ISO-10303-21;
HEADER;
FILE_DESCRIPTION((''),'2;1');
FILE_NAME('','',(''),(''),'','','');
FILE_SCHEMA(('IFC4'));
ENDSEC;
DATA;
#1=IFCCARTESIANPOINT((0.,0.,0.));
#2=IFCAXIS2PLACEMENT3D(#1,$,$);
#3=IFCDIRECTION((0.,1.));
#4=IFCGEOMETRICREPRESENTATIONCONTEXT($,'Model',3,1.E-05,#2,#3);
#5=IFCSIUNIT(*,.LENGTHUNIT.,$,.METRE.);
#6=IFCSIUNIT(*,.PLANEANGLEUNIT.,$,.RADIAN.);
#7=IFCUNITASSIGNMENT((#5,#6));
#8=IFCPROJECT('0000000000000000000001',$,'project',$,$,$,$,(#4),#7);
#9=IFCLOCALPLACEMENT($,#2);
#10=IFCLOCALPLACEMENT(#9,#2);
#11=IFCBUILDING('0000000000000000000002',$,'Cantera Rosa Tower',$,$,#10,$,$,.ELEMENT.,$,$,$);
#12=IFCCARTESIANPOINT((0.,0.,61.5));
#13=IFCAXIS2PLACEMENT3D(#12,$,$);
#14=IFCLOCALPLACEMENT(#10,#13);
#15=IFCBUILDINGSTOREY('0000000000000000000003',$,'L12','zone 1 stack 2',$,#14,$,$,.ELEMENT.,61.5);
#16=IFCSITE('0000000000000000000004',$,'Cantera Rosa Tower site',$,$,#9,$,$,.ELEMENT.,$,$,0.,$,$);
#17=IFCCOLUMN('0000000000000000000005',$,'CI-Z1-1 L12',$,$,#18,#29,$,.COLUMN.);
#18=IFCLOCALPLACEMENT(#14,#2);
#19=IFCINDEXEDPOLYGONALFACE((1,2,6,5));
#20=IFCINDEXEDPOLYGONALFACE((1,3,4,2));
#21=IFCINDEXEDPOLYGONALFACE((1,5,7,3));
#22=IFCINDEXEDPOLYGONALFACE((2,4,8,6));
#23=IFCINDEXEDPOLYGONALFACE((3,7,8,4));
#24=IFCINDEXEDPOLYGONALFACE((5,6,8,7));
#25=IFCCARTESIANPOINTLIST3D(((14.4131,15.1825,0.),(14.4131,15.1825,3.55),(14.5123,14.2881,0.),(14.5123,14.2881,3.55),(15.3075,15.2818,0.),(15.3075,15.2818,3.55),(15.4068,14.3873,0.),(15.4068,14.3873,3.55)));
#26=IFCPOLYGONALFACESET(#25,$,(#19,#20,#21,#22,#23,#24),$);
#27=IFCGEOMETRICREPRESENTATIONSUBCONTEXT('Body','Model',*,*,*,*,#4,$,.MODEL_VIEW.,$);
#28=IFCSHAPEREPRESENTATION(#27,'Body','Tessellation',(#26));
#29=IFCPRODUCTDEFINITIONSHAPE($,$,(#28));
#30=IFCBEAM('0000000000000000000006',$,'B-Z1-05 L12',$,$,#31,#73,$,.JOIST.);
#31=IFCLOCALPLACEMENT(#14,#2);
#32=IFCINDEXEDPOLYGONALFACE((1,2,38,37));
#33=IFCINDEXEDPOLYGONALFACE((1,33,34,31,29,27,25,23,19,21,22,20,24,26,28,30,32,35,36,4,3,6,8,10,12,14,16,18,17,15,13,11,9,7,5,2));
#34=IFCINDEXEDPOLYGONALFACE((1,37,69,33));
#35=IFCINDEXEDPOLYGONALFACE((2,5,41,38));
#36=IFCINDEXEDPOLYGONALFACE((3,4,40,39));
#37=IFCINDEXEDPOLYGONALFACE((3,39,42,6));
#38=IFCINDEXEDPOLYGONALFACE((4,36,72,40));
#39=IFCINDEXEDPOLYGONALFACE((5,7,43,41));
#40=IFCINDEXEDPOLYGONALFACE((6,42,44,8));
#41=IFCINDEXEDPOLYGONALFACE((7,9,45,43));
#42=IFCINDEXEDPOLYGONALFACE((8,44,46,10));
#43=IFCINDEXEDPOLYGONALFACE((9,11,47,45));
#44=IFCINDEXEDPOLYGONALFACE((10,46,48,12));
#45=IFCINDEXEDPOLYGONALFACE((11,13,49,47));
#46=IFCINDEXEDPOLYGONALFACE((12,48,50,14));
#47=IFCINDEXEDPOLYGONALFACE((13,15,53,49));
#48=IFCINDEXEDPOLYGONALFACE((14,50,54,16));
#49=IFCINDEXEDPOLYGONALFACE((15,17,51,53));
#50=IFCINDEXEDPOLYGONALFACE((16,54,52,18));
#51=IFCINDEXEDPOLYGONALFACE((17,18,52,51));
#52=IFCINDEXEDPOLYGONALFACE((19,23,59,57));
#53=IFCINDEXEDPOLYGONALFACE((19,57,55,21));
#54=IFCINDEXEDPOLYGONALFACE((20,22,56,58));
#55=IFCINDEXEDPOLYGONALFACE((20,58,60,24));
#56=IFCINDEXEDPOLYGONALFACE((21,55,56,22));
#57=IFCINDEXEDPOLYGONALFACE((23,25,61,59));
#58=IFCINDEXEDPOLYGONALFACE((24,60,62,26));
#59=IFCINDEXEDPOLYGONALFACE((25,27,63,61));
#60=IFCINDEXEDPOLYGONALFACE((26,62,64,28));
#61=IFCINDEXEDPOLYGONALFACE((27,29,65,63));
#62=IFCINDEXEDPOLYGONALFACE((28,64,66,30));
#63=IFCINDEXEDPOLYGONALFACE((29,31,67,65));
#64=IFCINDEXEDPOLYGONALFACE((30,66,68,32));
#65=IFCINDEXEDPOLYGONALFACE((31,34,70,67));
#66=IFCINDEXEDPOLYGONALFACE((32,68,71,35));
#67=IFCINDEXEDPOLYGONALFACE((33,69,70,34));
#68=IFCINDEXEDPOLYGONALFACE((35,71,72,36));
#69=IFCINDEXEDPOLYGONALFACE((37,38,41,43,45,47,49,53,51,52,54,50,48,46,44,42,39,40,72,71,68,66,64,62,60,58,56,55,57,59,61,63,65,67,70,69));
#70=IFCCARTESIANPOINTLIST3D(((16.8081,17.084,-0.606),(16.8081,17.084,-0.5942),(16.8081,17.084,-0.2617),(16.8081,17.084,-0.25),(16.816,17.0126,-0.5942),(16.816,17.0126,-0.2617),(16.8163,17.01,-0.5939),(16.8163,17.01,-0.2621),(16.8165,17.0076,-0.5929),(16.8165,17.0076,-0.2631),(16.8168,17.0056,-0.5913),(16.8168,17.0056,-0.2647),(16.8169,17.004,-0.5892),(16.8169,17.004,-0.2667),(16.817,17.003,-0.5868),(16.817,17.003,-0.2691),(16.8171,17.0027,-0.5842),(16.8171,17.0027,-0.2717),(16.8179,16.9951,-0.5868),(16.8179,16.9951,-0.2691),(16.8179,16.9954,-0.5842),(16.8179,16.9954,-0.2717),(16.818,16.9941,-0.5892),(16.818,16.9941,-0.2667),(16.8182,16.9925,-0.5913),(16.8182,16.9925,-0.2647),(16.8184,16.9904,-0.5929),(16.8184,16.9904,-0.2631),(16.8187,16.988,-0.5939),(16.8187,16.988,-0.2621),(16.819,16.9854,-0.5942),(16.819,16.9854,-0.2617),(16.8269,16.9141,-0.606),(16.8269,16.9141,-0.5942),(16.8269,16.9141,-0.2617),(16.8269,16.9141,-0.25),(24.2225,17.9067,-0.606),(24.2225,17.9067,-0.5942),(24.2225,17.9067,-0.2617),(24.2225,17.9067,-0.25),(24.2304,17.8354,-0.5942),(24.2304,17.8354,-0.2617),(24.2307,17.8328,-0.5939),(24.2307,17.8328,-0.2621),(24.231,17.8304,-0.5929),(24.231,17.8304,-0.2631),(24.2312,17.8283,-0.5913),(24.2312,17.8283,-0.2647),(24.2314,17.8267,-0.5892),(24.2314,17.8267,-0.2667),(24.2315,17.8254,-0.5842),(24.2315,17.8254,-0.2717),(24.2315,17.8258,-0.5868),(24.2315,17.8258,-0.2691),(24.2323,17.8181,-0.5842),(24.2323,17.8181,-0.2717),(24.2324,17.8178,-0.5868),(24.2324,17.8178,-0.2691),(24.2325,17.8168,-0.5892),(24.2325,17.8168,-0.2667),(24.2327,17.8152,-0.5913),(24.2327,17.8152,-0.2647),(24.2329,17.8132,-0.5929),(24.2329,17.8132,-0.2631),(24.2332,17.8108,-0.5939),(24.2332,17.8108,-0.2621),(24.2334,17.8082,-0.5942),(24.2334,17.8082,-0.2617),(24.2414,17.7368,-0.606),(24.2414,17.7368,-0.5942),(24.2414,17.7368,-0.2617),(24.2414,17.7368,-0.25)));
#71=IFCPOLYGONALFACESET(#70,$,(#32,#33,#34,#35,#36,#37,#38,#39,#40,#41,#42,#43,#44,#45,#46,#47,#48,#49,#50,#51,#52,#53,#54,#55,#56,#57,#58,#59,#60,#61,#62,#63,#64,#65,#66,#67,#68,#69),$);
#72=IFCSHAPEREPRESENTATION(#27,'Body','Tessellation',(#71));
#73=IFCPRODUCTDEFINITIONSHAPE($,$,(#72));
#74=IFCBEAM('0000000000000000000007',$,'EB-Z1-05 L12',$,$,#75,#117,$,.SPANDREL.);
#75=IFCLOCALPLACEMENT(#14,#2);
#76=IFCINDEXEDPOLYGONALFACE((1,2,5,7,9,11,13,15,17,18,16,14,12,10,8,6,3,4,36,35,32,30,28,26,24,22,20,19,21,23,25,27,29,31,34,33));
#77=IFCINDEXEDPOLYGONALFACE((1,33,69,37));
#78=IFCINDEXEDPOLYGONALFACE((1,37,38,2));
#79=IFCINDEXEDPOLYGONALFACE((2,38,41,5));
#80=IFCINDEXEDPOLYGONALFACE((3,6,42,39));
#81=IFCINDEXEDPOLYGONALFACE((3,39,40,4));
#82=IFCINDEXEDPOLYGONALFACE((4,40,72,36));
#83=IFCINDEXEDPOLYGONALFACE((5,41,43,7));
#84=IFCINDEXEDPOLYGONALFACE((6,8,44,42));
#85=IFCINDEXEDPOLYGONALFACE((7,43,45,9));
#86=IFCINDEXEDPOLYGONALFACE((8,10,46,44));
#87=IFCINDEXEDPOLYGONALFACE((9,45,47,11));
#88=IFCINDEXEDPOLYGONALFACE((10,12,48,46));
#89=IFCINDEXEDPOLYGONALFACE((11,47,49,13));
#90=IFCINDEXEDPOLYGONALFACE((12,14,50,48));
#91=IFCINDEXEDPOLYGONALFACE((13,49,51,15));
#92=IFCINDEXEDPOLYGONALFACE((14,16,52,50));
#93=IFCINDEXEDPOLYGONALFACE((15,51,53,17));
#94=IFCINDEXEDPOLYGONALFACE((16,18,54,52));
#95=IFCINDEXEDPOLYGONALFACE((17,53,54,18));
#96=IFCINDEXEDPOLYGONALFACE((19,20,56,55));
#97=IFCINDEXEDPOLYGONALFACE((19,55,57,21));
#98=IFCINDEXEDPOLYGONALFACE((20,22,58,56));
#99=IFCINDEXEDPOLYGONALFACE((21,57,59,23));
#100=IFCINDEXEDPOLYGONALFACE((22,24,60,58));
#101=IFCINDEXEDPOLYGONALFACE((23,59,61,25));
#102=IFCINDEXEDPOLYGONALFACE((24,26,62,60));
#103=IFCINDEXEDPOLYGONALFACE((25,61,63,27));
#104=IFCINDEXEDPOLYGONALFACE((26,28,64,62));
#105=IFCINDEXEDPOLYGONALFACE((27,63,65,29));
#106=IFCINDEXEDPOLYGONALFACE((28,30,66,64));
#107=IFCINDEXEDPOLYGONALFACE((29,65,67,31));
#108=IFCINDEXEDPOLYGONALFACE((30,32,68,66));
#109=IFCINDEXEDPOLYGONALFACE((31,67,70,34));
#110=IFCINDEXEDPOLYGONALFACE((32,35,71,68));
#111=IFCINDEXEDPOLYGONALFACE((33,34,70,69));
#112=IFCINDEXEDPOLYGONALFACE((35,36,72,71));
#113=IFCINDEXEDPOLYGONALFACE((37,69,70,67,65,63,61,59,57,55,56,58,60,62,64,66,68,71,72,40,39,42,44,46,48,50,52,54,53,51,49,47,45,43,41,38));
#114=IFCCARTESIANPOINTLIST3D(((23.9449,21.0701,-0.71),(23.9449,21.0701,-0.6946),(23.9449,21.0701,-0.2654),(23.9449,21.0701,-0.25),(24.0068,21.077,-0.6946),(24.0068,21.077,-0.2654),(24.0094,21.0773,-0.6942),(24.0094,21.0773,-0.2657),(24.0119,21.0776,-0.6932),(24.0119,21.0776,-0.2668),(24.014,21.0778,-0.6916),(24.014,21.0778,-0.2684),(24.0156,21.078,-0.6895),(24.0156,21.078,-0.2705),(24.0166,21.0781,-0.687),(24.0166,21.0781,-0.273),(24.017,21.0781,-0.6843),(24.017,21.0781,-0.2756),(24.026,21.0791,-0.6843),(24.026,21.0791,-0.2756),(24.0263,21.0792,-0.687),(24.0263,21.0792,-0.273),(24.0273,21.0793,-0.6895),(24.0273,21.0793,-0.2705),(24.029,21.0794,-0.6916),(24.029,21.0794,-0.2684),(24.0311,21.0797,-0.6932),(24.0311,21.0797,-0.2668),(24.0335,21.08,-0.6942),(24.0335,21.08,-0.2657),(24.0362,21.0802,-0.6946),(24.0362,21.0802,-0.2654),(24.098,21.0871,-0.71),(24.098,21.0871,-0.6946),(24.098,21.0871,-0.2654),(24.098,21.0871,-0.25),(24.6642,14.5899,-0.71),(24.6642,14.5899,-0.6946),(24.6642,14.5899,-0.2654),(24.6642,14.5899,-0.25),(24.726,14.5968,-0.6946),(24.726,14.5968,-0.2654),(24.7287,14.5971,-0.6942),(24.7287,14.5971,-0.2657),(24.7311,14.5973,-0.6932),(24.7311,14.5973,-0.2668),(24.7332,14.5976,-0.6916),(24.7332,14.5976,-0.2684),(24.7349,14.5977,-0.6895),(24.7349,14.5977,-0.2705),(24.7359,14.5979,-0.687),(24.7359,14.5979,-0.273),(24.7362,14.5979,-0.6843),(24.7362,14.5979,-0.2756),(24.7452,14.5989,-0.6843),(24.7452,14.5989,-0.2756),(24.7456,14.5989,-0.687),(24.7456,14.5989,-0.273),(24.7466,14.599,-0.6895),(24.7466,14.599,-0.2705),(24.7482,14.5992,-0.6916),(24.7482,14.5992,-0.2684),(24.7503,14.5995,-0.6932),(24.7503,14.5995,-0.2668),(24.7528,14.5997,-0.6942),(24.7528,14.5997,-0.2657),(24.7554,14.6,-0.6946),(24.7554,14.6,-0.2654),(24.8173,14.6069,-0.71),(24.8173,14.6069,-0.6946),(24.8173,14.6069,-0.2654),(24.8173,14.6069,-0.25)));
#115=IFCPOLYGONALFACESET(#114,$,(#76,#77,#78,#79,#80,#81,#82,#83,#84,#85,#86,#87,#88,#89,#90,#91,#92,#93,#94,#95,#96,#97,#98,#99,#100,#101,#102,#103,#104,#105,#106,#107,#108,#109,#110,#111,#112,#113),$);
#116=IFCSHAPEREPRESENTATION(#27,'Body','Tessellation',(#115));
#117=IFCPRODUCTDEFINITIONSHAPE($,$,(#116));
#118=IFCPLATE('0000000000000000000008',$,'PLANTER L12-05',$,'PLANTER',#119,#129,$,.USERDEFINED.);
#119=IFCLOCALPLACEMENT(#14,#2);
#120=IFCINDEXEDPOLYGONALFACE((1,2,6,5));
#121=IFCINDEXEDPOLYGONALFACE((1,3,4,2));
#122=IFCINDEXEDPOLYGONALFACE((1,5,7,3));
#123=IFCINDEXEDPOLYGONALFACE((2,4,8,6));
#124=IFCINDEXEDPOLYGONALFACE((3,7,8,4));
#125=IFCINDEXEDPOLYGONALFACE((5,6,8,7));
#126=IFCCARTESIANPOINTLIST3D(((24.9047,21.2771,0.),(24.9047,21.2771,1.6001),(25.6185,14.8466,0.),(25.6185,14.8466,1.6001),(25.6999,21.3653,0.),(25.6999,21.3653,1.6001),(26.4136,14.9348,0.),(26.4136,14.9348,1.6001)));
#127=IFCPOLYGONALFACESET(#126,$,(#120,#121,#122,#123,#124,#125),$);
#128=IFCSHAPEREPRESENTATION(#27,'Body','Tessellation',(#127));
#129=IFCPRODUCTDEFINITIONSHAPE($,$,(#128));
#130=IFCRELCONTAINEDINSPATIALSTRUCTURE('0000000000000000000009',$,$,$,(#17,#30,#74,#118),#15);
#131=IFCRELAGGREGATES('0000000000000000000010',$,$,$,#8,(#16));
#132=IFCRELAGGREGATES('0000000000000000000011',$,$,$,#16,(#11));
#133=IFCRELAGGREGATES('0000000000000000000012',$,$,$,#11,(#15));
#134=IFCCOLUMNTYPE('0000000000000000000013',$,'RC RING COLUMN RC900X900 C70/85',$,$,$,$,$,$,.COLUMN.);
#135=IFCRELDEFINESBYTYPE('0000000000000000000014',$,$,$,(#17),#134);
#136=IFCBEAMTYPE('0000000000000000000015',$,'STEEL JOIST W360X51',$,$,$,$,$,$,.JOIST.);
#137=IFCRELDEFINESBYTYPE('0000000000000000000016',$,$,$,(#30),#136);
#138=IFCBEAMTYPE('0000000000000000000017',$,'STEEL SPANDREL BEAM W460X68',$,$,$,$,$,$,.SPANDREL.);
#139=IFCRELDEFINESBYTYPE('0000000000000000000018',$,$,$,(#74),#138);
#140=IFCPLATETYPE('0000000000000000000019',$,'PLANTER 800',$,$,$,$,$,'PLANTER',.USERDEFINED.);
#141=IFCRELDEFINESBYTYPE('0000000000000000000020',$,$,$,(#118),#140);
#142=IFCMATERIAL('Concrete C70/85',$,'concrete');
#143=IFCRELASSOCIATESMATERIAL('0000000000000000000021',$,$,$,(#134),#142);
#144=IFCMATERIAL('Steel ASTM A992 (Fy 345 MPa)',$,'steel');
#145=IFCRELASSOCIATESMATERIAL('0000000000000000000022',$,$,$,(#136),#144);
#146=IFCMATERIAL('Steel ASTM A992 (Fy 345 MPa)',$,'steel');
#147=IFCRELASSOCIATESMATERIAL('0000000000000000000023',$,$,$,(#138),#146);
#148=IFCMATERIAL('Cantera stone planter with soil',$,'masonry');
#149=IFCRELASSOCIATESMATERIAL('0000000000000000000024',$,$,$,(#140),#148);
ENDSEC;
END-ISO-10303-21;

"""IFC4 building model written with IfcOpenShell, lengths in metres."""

from ifc_helpers import new_model, si_unit, direction, frame, origin, origin_2d, place, context, subcontext, project, spatial, rectangle, i_section, extrude, material, material_profile, profile_set, type_object, element, save


model = new_model("IFC4")

# Units and contexts
model_context = context("Model", 3, precision=1e-05, world=origin(), true_north=direction((0.0, 1.0)))
body_context = subcontext(model_context, "Body", "Model", "MODEL_VIEW")
ifc_project = project(units=[si_unit("LENGTHUNIT", "METRE"), si_unit("PLANEANGLEUNIT", "RADIAN")], contexts=[model_context])

# Site, building, storey
site_placement = place(None, origin())
site = spatial("IfcSite", under=ifc_project, at=site_placement, Name="Cantera Rosa Tower site", CompositionType="ELEMENT", RefElevation=0.0)
building_placement = place(site_placement, origin())
building = spatial("IfcBuilding", under=site, at=building_placement, Name="Cantera Rosa Tower", CompositionType="ELEMENT")
storey_placement = place(building_placement, frame((0.0, 0.0, 61.5)))
storey = spatial("IfcBuildingStorey", under=building, at=storey_placement, Name="L12", Description="zone 1 stack 2", CompositionType="ELEMENT", Elevation=61.5)

# Column
ifc_material_1 = material(Name="Concrete C70/85", Category="concrete")
ifc_material_profile_1 = material_profile(ifc_material_1, rectangle(XDim=0.8999, YDim=0.8999, at=origin_2d()), Name="RC RING COLUMN RC900X900 C70/85")
ifc_profile_set_1 = profile_set([ifc_material_profile_1], Name="Concrete C70/85")
column_type = type_object("IfcColumnType", Name="RC RING COLUMN RC900X900 C70/85", PredefinedType="COLUMN", material=ifc_profile_set_1)
column_placement = place(storey_placement, frame((14.9099, 14.7849, 0.0), z_axis=(0.0, 0.0, 1.0), x_axis=(0.993897, 0.110313, 0.0)))
element("IfcColumn", 1, at=column_placement, inside=storey, type_object=column_type, Name="CI-Z1-1 L12", PredefinedType="COLUMN", context=body_context, shape_type="SweptSolid", body=[
    extrude(rectangle(XDim=0.8999, YDim=0.8999, at=origin_2d()), origin(), (0.0, 0.0, 1.0), 3.55),
])

# Beams
ifc_material_2 = material(Name="Steel ASTM A992 (Fy 345 MPa)", Category="steel")
ifc_material_profile_2 = material_profile(ifc_material_2, i_section(OverallWidth=0.1709, OverallDepth=0.356, WebThickness=0.0073, FlangeThickness=0.0117, FilletRadius=0.01, at=origin_2d()), Name="W360X51")
ifc_profile_set_2 = profile_set([ifc_material_profile_2], Name="Steel ASTM A992 (Fy 345 MPa)")
beam_type_1 = type_object("IfcBeamType", Name="STEEL JOIST W360X51", PredefinedType="JOIST", material=ifc_profile_set_2)
beam_1_placement = place(storey_placement, frame((24.2319, 17.8218, -0.428), z_axis=(-0.9939, -0.110288, 0.0), x_axis=(0.110288, -0.9939, 0.0)))
element("IfcBeam", 2, at=beam_1_placement, inside=storey, type_object=beam_type_1, Name="B-Z1-05 L12", PredefinedType="JOIST", context=body_context, shape_type="SweptSolid", body=[
    extrude(i_section(OverallWidth=0.1709, OverallDepth=0.356, WebThickness=0.0073, FlangeThickness=0.0117, FilletRadius=0.01, at=origin_2d()), origin(), (0.0, 0.0, 1.0), 7.46),
])
ifc_material_3 = material(Name="Steel ASTM A992 (Fy 345 MPa)", Category="steel")
ifc_material_profile_3 = material_profile(ifc_material_3, i_section(OverallWidth=0.1541, OverallDepth=0.46, WebThickness=0.009, FlangeThickness=0.0154, FilletRadius=0.0103, at=origin_2d()), Name="W460X68")
ifc_profile_set_3 = profile_set([ifc_material_profile_3], Name="Steel ASTM A992 (Fy 345 MPa)")
beam_type_2 = type_object("IfcBeamType", Name="STEEL SPANDREL BEAM W460X68", PredefinedType="SPANDREL", material=ifc_profile_set_3)
beam_2_placement = place(storey_placement, frame((24.7407, 14.5984, -0.48), z_axis=(-0.110312, 0.993897, 0.0), x_axis=(-0.993897, -0.110312, 0.0)))
element("IfcBeam", 3, at=beam_2_placement, inside=storey, type_object=beam_type_2, Name="EB-Z1-05 L12", PredefinedType="SPANDREL", context=body_context, shape_type="SweptSolid", body=[
    extrude(i_section(OverallWidth=0.1541, OverallDepth=0.46, WebThickness=0.009, FlangeThickness=0.0154, FilletRadius=0.0103, at=origin_2d()), origin(), (0.0, 0.0, 1.0), 6.52),
])

# Plate
ifc_material_4 = material(Name="Cantera stone planter with soil", Category="masonry")
plate_type = type_object("IfcPlateType", Name="PLANTER 800", ElementType="PLANTER", PredefinedType="USERDEFINED", material=ifc_material_4)
plate_placement = place(storey_placement, frame((25.6592, 18.106, 0.0), z_axis=(0.0, 0.0, 1.0), x_axis=(-0.110313, 0.993897, 0.0)))
element("IfcPlate", 4, at=plate_placement, inside=storey, type_object=plate_type, Name="PLANTER L12-05", ObjectType="PLANTER", PredefinedType="USERDEFINED", context=body_context, shape_type="SweptSolid", body=[
    extrude(rectangle(XDim=6.47, YDim=0.8, at=origin_2d()), origin(), (0.0, 0.0, 1.0), 1.6001),
])

save(model, "model.ifc")
